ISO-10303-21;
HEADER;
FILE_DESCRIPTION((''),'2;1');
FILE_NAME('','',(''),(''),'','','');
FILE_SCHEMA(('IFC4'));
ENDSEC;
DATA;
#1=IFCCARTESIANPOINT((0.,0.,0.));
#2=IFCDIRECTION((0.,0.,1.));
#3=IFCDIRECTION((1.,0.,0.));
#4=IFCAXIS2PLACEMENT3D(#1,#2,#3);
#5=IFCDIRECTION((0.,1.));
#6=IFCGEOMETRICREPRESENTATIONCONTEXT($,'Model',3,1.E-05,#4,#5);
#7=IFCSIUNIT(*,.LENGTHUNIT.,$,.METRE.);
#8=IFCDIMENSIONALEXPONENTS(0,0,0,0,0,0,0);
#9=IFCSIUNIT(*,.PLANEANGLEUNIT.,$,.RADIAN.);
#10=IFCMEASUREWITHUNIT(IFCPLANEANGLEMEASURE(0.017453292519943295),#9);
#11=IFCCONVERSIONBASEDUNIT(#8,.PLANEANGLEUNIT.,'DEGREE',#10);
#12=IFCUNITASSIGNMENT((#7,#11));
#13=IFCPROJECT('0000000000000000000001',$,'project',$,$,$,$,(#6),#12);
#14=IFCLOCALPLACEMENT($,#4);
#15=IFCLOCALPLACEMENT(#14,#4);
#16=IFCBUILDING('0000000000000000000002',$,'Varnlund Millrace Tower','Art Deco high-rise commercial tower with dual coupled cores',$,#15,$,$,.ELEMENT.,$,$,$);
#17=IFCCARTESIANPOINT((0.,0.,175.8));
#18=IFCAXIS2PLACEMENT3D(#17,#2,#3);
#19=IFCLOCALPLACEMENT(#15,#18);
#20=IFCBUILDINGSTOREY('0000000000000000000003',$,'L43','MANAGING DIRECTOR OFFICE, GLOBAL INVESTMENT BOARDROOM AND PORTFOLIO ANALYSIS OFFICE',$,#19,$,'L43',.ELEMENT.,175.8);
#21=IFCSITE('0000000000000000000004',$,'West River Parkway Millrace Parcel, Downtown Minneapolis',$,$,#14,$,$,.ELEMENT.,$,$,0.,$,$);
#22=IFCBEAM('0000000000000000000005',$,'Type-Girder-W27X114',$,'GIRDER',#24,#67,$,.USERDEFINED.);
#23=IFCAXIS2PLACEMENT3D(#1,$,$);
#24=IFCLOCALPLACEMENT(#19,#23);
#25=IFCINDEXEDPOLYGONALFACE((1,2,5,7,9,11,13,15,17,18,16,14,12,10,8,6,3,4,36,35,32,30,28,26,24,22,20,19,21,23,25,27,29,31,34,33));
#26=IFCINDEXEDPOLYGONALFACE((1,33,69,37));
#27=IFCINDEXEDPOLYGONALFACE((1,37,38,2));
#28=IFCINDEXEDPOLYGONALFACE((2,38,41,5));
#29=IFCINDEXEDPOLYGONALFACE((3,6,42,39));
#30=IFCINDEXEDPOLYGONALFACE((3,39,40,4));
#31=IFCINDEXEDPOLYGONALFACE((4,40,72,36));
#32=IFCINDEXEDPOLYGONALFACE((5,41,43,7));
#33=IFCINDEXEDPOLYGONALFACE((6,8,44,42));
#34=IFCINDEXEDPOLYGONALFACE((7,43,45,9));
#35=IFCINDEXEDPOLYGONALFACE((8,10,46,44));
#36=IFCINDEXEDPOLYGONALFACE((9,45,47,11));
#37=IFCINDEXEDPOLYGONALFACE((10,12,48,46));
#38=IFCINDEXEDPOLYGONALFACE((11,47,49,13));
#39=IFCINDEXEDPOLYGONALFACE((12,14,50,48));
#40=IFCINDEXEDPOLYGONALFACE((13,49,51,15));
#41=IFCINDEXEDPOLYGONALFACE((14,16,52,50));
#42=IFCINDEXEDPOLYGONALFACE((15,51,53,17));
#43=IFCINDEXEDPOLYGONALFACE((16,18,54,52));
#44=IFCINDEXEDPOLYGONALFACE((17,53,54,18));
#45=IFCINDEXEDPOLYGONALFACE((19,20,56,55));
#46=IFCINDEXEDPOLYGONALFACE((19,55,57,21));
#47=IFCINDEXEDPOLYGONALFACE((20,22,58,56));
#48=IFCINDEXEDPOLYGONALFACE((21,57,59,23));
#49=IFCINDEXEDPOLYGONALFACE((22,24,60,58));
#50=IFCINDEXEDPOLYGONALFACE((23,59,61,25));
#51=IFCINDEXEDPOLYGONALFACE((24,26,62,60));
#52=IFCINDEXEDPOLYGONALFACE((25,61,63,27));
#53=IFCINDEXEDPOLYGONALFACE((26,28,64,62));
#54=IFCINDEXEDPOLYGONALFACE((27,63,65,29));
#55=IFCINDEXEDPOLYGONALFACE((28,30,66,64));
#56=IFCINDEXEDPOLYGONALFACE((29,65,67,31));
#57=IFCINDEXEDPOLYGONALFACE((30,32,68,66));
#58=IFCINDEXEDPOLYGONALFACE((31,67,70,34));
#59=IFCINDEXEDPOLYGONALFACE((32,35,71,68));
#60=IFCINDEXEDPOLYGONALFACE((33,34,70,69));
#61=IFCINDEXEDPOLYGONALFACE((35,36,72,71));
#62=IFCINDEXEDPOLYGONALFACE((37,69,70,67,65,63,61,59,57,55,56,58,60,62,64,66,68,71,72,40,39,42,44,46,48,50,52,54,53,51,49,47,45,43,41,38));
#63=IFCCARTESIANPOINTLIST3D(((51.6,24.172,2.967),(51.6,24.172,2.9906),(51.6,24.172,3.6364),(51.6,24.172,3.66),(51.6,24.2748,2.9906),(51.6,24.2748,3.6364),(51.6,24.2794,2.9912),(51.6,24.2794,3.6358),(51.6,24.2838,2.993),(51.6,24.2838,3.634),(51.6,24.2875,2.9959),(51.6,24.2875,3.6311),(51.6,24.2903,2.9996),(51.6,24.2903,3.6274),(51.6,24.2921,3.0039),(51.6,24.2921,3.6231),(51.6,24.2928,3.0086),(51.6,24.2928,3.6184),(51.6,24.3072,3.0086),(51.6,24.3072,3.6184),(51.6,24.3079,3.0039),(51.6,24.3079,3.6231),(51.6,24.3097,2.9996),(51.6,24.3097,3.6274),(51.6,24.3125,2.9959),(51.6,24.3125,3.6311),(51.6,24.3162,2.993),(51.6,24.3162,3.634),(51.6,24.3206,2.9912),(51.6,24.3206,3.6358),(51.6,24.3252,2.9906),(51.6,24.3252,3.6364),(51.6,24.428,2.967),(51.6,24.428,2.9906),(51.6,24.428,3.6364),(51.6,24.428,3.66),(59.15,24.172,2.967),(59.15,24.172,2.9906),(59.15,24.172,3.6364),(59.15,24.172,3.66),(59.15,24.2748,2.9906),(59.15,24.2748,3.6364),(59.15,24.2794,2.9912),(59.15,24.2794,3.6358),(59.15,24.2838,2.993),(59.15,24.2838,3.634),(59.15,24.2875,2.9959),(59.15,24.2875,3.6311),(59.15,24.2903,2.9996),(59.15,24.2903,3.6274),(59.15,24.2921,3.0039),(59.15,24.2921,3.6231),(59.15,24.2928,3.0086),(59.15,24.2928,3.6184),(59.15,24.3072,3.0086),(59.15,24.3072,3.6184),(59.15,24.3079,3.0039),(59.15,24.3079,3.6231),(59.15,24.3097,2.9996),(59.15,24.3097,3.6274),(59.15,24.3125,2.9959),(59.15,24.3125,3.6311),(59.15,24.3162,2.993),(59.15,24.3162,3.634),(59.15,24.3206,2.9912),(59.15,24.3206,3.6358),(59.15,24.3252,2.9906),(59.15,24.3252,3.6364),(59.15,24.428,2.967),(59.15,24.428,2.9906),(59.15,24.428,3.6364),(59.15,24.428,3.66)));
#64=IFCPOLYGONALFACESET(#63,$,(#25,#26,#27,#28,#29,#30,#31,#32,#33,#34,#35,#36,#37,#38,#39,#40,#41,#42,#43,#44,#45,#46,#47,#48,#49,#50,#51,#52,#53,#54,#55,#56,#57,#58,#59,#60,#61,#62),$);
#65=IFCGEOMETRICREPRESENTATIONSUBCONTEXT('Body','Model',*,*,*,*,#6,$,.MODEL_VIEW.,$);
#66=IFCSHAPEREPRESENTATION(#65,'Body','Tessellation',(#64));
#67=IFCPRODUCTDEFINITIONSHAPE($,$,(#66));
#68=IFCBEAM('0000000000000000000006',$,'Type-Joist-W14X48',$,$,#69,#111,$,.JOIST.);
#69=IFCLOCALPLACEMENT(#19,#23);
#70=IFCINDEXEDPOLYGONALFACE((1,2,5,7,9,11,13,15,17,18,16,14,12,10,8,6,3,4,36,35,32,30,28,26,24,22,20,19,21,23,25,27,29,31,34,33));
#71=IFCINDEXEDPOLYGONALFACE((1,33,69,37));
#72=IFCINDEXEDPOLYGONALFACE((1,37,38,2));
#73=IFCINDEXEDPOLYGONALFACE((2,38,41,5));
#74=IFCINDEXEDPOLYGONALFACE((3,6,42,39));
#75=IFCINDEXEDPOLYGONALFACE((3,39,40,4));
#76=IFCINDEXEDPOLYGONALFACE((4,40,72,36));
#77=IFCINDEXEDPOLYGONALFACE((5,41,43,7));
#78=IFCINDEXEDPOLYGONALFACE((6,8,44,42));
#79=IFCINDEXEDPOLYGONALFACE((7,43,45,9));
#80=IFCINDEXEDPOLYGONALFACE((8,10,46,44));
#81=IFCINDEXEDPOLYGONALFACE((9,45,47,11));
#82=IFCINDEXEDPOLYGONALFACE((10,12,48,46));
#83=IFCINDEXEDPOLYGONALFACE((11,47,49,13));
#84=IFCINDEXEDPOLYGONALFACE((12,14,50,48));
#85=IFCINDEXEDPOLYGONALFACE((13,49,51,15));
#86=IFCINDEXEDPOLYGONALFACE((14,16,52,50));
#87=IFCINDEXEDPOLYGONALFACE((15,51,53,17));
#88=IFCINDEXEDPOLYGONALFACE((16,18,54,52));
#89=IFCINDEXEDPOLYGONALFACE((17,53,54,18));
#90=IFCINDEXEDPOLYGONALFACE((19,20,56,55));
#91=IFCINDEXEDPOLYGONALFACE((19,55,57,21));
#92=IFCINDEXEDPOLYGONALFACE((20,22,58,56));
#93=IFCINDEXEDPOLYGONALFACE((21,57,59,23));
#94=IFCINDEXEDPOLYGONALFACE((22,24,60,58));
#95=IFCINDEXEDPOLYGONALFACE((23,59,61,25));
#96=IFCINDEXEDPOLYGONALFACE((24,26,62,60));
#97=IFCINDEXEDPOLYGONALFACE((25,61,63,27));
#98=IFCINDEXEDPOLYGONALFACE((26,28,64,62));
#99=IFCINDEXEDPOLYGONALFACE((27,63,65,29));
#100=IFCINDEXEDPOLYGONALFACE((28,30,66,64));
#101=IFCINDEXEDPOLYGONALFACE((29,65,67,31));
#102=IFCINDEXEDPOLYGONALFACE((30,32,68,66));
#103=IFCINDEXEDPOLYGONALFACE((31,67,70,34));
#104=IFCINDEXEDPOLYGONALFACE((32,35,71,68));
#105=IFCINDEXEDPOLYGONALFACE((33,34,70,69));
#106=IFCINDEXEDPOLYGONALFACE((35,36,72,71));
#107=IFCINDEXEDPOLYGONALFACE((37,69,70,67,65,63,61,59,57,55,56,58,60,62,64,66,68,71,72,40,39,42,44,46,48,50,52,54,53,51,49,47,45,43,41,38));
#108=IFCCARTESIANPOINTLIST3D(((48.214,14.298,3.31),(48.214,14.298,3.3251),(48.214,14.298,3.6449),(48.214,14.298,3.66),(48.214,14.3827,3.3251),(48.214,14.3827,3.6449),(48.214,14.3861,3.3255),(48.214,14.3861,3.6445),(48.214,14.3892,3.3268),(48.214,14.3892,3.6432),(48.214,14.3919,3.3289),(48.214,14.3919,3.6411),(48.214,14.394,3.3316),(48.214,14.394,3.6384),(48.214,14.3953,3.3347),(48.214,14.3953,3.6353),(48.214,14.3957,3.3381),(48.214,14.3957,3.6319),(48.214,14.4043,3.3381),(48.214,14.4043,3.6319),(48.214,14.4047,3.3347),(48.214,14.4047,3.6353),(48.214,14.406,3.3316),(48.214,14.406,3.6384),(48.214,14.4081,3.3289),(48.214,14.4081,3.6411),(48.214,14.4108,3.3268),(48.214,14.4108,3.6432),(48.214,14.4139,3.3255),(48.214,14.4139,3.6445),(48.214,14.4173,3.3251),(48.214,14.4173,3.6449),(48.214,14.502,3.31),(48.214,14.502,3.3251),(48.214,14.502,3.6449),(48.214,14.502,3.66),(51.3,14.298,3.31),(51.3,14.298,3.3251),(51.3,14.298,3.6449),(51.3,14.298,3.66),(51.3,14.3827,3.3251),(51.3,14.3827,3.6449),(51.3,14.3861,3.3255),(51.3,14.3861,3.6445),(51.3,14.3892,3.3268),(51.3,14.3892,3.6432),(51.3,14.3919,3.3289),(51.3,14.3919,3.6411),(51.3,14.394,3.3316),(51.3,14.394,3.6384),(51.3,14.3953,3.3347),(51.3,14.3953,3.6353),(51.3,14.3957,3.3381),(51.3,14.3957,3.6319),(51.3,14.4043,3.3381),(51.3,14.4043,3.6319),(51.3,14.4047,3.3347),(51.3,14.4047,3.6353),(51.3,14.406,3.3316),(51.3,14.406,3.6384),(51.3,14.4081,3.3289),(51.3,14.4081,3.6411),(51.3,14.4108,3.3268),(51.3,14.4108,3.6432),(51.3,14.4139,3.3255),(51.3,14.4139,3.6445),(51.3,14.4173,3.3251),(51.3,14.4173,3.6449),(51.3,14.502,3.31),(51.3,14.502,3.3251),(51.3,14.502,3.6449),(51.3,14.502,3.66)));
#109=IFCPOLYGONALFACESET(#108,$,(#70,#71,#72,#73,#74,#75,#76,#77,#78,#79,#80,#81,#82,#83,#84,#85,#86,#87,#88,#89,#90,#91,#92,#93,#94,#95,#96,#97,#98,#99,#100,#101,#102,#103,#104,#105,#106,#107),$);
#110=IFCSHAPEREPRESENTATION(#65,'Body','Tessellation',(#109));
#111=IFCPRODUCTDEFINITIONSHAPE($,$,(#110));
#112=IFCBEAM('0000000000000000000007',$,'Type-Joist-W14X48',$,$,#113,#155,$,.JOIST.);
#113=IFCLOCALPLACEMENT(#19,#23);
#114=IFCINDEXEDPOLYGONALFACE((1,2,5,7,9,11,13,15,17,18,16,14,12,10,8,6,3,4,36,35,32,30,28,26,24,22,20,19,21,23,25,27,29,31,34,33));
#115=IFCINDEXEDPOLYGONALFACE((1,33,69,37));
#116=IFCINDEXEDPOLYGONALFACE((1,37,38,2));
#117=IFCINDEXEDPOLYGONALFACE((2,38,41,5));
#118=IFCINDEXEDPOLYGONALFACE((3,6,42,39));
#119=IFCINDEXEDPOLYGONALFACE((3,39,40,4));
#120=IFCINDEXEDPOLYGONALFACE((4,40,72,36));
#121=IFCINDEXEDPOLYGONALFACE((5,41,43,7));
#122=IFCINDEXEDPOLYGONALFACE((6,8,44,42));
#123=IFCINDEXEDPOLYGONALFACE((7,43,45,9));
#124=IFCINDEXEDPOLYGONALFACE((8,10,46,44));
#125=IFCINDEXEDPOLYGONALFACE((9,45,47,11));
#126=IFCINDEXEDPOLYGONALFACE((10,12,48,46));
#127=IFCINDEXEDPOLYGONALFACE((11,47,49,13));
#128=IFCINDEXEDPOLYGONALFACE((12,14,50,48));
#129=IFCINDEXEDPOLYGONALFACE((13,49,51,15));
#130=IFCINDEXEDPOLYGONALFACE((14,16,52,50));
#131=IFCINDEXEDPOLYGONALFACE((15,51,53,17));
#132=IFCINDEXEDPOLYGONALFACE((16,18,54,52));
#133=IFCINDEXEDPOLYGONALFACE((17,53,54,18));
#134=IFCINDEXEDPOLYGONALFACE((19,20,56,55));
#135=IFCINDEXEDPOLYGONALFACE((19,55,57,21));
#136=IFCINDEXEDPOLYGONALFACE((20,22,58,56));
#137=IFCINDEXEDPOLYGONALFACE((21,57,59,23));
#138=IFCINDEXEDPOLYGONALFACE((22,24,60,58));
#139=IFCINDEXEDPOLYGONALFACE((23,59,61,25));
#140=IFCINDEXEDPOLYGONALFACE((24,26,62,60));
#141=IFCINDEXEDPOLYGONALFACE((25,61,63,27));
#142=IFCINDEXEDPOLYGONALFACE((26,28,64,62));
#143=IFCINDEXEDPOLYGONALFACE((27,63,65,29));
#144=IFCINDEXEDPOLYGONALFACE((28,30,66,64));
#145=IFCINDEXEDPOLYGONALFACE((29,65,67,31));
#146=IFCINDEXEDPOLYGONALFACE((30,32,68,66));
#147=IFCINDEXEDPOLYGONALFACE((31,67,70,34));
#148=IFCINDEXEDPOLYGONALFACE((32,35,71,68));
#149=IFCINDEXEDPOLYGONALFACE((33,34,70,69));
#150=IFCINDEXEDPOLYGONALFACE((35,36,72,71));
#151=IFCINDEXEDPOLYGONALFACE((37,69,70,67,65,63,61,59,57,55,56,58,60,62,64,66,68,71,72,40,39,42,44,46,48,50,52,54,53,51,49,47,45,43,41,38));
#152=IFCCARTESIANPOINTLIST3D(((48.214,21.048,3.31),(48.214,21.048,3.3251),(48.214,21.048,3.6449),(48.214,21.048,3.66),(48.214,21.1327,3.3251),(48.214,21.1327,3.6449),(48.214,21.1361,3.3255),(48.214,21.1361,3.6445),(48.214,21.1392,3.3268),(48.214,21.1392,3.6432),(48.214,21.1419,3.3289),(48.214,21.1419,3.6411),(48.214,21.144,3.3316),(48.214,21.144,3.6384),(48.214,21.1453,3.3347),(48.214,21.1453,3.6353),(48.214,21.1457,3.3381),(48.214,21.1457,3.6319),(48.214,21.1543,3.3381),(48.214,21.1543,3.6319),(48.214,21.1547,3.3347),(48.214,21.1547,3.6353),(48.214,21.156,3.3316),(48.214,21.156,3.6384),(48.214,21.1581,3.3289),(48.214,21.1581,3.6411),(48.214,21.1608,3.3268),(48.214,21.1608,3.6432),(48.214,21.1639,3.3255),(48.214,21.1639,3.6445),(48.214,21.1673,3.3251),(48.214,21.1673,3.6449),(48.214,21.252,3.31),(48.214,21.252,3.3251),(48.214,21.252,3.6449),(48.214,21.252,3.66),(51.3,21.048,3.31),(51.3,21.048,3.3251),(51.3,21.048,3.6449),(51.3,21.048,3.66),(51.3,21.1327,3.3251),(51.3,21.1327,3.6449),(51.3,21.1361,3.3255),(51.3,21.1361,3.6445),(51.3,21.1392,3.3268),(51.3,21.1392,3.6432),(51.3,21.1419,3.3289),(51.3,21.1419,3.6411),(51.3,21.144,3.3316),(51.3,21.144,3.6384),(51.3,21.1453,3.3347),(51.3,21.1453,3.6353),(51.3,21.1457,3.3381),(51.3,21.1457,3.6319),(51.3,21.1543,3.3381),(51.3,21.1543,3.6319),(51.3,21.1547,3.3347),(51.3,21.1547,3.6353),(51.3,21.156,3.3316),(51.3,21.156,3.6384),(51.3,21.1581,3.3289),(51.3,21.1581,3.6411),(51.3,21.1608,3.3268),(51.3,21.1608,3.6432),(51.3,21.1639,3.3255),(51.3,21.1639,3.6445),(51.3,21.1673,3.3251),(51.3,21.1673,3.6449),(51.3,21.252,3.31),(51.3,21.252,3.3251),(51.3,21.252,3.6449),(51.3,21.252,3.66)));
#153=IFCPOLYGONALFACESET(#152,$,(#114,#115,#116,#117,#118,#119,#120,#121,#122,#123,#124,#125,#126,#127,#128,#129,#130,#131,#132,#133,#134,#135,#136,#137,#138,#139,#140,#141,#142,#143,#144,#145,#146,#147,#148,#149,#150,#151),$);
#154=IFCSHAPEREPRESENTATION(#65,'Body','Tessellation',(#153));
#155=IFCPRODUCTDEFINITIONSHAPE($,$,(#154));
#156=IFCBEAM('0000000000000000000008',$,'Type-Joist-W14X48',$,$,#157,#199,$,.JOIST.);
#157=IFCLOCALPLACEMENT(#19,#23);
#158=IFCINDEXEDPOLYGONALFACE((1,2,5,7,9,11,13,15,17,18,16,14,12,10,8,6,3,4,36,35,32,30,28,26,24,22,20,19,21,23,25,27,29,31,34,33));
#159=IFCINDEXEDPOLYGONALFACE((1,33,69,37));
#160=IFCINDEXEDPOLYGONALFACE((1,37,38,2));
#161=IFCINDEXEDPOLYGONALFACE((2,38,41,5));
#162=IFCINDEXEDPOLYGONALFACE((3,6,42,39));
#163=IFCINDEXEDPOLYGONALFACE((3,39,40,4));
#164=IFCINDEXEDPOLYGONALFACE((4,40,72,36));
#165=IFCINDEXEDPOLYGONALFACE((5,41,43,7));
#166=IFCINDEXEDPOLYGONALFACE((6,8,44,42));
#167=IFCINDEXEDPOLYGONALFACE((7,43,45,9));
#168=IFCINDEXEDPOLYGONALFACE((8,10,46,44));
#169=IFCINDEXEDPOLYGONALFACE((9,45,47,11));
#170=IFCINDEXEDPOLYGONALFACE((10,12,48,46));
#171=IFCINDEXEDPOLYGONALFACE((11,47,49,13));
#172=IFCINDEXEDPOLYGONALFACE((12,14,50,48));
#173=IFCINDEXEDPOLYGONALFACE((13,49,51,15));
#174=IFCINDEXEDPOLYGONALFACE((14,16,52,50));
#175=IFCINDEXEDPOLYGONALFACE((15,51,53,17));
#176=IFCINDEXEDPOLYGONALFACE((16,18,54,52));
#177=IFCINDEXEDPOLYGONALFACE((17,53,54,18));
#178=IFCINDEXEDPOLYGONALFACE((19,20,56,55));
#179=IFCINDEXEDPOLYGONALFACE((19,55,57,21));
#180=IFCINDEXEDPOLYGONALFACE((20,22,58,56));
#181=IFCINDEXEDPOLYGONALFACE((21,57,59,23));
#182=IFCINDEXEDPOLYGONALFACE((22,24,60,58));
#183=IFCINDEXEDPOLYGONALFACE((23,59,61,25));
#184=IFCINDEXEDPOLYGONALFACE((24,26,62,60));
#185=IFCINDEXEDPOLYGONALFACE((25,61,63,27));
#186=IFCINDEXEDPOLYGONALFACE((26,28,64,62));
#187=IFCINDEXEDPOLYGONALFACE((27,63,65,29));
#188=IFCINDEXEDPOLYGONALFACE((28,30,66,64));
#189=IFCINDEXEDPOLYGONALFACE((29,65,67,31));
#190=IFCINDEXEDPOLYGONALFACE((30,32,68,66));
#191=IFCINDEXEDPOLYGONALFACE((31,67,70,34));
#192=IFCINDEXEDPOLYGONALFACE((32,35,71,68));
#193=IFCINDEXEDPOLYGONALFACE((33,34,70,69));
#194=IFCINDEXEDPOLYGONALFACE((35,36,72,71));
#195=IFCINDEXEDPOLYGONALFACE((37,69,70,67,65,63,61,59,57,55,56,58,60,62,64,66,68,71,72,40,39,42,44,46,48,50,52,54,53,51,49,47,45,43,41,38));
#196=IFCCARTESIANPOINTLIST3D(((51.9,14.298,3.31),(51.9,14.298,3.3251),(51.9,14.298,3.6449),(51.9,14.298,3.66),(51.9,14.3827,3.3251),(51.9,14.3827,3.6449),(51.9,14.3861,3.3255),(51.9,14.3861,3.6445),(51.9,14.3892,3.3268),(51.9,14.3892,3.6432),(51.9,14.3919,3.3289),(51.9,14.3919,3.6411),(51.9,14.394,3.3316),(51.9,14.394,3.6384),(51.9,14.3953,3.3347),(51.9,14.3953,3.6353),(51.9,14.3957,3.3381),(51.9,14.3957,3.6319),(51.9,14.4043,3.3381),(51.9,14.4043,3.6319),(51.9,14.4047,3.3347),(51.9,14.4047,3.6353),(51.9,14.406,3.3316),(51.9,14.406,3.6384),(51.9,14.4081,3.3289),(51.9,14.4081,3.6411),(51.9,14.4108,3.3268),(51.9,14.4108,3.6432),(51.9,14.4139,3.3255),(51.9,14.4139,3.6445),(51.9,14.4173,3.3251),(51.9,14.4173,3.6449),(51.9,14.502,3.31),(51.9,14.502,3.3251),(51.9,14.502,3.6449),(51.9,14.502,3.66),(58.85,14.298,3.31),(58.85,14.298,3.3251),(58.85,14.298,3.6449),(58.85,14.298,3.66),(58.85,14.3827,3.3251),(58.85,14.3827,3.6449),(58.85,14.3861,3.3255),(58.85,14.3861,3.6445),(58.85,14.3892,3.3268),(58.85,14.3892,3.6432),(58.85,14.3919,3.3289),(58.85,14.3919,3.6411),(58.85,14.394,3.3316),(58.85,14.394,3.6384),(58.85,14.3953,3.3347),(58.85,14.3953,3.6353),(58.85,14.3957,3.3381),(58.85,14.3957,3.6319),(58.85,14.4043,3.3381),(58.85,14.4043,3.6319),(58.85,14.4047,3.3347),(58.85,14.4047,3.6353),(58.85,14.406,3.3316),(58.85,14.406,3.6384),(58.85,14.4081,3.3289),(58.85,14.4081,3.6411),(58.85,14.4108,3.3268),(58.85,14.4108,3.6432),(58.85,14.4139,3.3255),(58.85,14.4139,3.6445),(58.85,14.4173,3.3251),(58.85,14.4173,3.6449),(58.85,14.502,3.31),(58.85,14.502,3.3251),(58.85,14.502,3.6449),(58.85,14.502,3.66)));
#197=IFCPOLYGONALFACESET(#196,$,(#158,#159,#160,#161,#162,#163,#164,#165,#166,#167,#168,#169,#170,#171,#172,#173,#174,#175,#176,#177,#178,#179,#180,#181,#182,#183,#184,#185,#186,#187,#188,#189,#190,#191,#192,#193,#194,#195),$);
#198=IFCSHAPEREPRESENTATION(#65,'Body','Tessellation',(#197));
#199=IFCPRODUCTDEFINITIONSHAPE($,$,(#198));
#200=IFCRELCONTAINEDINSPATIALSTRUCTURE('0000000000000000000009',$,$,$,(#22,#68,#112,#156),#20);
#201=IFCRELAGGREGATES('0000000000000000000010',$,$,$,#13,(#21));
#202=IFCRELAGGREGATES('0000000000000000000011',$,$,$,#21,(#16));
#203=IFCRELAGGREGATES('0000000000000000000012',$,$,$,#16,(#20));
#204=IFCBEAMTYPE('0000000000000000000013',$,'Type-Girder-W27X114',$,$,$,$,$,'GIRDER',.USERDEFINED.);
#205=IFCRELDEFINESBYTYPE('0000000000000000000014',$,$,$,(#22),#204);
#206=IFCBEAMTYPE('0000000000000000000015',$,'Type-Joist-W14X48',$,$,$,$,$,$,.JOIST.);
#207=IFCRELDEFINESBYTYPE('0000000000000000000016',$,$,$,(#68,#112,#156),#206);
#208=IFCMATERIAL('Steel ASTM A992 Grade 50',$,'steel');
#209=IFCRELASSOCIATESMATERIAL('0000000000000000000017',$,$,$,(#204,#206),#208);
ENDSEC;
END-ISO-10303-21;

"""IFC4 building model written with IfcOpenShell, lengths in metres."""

from ifc_helpers import new_model, entity, si_unit, converted_unit, direction, frame, origin_with_axes, origin_2d_with_axis, place, context, subcontext, project, spatial, i_section, extrude, material, material_profile, profile_set, type_object, element, save


model = new_model("IFC4")

# Units and contexts
model_context = context("Model", 3, precision=1e-05, world=origin_with_axes(), true_north=direction((0.0, 1.0)))
body_context = subcontext(model_context, "Body", "Model", "MODEL_VIEW")
ifc_project = project(units=[si_unit("LENGTHUNIT", "METRE"), converted_unit("PLANEANGLEUNIT", "DEGREE", entity("IfcPlaneAngleMeasure", 0.017453292519943295), si_unit("PLANEANGLEUNIT", "RADIAN"), dimensions=[0, 0, 0, 0, 0, 0, 0])], contexts=[model_context])

# Site, building, storey
site_placement = place(None, origin_with_axes())
site = spatial("IfcSite", under=ifc_project, at=site_placement, Name="West River Parkway Millrace Parcel, Downtown Minneapolis", CompositionType="ELEMENT", RefElevation=0.0)
building_placement = place(site_placement, origin_with_axes())
building = spatial("IfcBuilding", under=site, at=building_placement, Name="Varnlund Millrace Tower", Description="Art Deco high-rise commercial tower with dual coupled cores", CompositionType="ELEMENT")
storey_placement = place(building_placement, frame((0.0, 0.0, 175.8), z_axis=(0.0, 0.0, 1.0), x_axis=(1.0, 0.0, 0.0)))
storey = spatial("IfcBuildingStorey", under=building, at=storey_placement, Name="L43", Description="MANAGING DIRECTOR OFFICE, GLOBAL INVESTMENT BOARDROOM AND PORTFOLIO ANALYSIS OFFICE", LongName="L43", CompositionType="ELEMENT", Elevation=175.8)

# Beams
ifc_material_1 = material(Name="Steel ASTM A992 Grade 50", Category="steel")
ifc_material_profile_1 = material_profile(ifc_material_1, i_section(OverallWidth=0.256, OverallDepth=0.693, WebThickness=0.0145, FlangeThickness=0.0236, FilletRadius=0.018, at=origin_2d_with_axis()), Name="Steel ASTM A992 Grade 50")
ifc_profile_set_1 = profile_set([ifc_material_profile_1], Name="Steel ASTM A992 Grade 50")
beam_type_1 = type_object("IfcBeamType", Name="Type-Girder-W27X114", ElementType="GIRDER", PredefinedType="USERDEFINED", material=ifc_profile_set_1)
beam_1_placement = place(storey_placement, frame((51.6, 24.3, 3.3135), z_axis=(1.0, 0.0, 0.0), x_axis=(0.0, 1.0, 0.0)))
element("IfcBeam", 1, at=beam_1_placement, inside=storey, type_object=beam_type_1, Name="Type-Girder-W27X114", ObjectType="GIRDER", PredefinedType="USERDEFINED", context=body_context, shape_type="SweptSolid", body=[
    extrude(i_section(OverallWidth=0.256, OverallDepth=0.693, WebThickness=0.0145, FlangeThickness=0.0236, FilletRadius=0.018, at=origin_2d_with_axis()), origin_with_axes(), (0.0, 0.0, 1.0), 7.55),
])
ifc_material_profile_2 = material_profile(ifc_material_1, i_section(OverallWidth=0.204, OverallDepth=0.35, WebThickness=0.0086, FlangeThickness=0.0151, FilletRadius=0.013, at=origin_2d_with_axis()), Name="Steel ASTM A992 Grade 50")
ifc_profile_set_2 = profile_set([ifc_material_profile_2], Name="Steel ASTM A992 Grade 50")
beam_type_2 = type_object("IfcBeamType", Name="Type-Joist-W14X48", PredefinedType="JOIST", material=ifc_profile_set_2)
for number, where, z_axis, x_axis, name in (
    (2, (48.214, 14.4, 3.485), (1.0, 0.0, 0.0), (0.0, 1.0, 0.0), "Type-Joist-W14X48"),
    (3, (48.214, 21.15, 3.485), (1.0, 0.0, 0.0), (0.0, 1.0, 0.0), "Type-Joist-W14X48"),
):
    element("IfcBeam", number, at=place(storey_placement, frame(where, z_axis=z_axis, x_axis=x_axis)), inside=storey, type_object=beam_type_2, Name=name, PredefinedType="JOIST", context=body_context, shape_type="SweptSolid", body=[
        extrude(i_section(OverallWidth=0.204, OverallDepth=0.35, WebThickness=0.0086, FlangeThickness=0.0151, FilletRadius=0.013, at=origin_2d_with_axis()), origin_with_axes(), (0.0, 0.0, 1.0), 3.086),
    ])
for number, where, z_axis, x_axis, name in (
    (4, (51.9, 14.4, 3.485), (1.0, 0.0, 0.0), (0.0, 1.0, 0.0), "Type-Joist-W14X48"),
):
    element("IfcBeam", number, at=place(storey_placement, frame(where, z_axis=z_axis, x_axis=x_axis)), inside=storey, type_object=beam_type_2, Name=name, PredefinedType="JOIST", context=body_context, shape_type="SweptSolid", body=[
        extrude(i_section(OverallWidth=0.204, OverallDepth=0.35, WebThickness=0.0086, FlangeThickness=0.0151, FilletRadius=0.013, at=origin_2d_with_axis()), origin_with_axes(), (0.0, 0.0, 1.0), 6.95),
    ])

save(model, "model.ifc")
